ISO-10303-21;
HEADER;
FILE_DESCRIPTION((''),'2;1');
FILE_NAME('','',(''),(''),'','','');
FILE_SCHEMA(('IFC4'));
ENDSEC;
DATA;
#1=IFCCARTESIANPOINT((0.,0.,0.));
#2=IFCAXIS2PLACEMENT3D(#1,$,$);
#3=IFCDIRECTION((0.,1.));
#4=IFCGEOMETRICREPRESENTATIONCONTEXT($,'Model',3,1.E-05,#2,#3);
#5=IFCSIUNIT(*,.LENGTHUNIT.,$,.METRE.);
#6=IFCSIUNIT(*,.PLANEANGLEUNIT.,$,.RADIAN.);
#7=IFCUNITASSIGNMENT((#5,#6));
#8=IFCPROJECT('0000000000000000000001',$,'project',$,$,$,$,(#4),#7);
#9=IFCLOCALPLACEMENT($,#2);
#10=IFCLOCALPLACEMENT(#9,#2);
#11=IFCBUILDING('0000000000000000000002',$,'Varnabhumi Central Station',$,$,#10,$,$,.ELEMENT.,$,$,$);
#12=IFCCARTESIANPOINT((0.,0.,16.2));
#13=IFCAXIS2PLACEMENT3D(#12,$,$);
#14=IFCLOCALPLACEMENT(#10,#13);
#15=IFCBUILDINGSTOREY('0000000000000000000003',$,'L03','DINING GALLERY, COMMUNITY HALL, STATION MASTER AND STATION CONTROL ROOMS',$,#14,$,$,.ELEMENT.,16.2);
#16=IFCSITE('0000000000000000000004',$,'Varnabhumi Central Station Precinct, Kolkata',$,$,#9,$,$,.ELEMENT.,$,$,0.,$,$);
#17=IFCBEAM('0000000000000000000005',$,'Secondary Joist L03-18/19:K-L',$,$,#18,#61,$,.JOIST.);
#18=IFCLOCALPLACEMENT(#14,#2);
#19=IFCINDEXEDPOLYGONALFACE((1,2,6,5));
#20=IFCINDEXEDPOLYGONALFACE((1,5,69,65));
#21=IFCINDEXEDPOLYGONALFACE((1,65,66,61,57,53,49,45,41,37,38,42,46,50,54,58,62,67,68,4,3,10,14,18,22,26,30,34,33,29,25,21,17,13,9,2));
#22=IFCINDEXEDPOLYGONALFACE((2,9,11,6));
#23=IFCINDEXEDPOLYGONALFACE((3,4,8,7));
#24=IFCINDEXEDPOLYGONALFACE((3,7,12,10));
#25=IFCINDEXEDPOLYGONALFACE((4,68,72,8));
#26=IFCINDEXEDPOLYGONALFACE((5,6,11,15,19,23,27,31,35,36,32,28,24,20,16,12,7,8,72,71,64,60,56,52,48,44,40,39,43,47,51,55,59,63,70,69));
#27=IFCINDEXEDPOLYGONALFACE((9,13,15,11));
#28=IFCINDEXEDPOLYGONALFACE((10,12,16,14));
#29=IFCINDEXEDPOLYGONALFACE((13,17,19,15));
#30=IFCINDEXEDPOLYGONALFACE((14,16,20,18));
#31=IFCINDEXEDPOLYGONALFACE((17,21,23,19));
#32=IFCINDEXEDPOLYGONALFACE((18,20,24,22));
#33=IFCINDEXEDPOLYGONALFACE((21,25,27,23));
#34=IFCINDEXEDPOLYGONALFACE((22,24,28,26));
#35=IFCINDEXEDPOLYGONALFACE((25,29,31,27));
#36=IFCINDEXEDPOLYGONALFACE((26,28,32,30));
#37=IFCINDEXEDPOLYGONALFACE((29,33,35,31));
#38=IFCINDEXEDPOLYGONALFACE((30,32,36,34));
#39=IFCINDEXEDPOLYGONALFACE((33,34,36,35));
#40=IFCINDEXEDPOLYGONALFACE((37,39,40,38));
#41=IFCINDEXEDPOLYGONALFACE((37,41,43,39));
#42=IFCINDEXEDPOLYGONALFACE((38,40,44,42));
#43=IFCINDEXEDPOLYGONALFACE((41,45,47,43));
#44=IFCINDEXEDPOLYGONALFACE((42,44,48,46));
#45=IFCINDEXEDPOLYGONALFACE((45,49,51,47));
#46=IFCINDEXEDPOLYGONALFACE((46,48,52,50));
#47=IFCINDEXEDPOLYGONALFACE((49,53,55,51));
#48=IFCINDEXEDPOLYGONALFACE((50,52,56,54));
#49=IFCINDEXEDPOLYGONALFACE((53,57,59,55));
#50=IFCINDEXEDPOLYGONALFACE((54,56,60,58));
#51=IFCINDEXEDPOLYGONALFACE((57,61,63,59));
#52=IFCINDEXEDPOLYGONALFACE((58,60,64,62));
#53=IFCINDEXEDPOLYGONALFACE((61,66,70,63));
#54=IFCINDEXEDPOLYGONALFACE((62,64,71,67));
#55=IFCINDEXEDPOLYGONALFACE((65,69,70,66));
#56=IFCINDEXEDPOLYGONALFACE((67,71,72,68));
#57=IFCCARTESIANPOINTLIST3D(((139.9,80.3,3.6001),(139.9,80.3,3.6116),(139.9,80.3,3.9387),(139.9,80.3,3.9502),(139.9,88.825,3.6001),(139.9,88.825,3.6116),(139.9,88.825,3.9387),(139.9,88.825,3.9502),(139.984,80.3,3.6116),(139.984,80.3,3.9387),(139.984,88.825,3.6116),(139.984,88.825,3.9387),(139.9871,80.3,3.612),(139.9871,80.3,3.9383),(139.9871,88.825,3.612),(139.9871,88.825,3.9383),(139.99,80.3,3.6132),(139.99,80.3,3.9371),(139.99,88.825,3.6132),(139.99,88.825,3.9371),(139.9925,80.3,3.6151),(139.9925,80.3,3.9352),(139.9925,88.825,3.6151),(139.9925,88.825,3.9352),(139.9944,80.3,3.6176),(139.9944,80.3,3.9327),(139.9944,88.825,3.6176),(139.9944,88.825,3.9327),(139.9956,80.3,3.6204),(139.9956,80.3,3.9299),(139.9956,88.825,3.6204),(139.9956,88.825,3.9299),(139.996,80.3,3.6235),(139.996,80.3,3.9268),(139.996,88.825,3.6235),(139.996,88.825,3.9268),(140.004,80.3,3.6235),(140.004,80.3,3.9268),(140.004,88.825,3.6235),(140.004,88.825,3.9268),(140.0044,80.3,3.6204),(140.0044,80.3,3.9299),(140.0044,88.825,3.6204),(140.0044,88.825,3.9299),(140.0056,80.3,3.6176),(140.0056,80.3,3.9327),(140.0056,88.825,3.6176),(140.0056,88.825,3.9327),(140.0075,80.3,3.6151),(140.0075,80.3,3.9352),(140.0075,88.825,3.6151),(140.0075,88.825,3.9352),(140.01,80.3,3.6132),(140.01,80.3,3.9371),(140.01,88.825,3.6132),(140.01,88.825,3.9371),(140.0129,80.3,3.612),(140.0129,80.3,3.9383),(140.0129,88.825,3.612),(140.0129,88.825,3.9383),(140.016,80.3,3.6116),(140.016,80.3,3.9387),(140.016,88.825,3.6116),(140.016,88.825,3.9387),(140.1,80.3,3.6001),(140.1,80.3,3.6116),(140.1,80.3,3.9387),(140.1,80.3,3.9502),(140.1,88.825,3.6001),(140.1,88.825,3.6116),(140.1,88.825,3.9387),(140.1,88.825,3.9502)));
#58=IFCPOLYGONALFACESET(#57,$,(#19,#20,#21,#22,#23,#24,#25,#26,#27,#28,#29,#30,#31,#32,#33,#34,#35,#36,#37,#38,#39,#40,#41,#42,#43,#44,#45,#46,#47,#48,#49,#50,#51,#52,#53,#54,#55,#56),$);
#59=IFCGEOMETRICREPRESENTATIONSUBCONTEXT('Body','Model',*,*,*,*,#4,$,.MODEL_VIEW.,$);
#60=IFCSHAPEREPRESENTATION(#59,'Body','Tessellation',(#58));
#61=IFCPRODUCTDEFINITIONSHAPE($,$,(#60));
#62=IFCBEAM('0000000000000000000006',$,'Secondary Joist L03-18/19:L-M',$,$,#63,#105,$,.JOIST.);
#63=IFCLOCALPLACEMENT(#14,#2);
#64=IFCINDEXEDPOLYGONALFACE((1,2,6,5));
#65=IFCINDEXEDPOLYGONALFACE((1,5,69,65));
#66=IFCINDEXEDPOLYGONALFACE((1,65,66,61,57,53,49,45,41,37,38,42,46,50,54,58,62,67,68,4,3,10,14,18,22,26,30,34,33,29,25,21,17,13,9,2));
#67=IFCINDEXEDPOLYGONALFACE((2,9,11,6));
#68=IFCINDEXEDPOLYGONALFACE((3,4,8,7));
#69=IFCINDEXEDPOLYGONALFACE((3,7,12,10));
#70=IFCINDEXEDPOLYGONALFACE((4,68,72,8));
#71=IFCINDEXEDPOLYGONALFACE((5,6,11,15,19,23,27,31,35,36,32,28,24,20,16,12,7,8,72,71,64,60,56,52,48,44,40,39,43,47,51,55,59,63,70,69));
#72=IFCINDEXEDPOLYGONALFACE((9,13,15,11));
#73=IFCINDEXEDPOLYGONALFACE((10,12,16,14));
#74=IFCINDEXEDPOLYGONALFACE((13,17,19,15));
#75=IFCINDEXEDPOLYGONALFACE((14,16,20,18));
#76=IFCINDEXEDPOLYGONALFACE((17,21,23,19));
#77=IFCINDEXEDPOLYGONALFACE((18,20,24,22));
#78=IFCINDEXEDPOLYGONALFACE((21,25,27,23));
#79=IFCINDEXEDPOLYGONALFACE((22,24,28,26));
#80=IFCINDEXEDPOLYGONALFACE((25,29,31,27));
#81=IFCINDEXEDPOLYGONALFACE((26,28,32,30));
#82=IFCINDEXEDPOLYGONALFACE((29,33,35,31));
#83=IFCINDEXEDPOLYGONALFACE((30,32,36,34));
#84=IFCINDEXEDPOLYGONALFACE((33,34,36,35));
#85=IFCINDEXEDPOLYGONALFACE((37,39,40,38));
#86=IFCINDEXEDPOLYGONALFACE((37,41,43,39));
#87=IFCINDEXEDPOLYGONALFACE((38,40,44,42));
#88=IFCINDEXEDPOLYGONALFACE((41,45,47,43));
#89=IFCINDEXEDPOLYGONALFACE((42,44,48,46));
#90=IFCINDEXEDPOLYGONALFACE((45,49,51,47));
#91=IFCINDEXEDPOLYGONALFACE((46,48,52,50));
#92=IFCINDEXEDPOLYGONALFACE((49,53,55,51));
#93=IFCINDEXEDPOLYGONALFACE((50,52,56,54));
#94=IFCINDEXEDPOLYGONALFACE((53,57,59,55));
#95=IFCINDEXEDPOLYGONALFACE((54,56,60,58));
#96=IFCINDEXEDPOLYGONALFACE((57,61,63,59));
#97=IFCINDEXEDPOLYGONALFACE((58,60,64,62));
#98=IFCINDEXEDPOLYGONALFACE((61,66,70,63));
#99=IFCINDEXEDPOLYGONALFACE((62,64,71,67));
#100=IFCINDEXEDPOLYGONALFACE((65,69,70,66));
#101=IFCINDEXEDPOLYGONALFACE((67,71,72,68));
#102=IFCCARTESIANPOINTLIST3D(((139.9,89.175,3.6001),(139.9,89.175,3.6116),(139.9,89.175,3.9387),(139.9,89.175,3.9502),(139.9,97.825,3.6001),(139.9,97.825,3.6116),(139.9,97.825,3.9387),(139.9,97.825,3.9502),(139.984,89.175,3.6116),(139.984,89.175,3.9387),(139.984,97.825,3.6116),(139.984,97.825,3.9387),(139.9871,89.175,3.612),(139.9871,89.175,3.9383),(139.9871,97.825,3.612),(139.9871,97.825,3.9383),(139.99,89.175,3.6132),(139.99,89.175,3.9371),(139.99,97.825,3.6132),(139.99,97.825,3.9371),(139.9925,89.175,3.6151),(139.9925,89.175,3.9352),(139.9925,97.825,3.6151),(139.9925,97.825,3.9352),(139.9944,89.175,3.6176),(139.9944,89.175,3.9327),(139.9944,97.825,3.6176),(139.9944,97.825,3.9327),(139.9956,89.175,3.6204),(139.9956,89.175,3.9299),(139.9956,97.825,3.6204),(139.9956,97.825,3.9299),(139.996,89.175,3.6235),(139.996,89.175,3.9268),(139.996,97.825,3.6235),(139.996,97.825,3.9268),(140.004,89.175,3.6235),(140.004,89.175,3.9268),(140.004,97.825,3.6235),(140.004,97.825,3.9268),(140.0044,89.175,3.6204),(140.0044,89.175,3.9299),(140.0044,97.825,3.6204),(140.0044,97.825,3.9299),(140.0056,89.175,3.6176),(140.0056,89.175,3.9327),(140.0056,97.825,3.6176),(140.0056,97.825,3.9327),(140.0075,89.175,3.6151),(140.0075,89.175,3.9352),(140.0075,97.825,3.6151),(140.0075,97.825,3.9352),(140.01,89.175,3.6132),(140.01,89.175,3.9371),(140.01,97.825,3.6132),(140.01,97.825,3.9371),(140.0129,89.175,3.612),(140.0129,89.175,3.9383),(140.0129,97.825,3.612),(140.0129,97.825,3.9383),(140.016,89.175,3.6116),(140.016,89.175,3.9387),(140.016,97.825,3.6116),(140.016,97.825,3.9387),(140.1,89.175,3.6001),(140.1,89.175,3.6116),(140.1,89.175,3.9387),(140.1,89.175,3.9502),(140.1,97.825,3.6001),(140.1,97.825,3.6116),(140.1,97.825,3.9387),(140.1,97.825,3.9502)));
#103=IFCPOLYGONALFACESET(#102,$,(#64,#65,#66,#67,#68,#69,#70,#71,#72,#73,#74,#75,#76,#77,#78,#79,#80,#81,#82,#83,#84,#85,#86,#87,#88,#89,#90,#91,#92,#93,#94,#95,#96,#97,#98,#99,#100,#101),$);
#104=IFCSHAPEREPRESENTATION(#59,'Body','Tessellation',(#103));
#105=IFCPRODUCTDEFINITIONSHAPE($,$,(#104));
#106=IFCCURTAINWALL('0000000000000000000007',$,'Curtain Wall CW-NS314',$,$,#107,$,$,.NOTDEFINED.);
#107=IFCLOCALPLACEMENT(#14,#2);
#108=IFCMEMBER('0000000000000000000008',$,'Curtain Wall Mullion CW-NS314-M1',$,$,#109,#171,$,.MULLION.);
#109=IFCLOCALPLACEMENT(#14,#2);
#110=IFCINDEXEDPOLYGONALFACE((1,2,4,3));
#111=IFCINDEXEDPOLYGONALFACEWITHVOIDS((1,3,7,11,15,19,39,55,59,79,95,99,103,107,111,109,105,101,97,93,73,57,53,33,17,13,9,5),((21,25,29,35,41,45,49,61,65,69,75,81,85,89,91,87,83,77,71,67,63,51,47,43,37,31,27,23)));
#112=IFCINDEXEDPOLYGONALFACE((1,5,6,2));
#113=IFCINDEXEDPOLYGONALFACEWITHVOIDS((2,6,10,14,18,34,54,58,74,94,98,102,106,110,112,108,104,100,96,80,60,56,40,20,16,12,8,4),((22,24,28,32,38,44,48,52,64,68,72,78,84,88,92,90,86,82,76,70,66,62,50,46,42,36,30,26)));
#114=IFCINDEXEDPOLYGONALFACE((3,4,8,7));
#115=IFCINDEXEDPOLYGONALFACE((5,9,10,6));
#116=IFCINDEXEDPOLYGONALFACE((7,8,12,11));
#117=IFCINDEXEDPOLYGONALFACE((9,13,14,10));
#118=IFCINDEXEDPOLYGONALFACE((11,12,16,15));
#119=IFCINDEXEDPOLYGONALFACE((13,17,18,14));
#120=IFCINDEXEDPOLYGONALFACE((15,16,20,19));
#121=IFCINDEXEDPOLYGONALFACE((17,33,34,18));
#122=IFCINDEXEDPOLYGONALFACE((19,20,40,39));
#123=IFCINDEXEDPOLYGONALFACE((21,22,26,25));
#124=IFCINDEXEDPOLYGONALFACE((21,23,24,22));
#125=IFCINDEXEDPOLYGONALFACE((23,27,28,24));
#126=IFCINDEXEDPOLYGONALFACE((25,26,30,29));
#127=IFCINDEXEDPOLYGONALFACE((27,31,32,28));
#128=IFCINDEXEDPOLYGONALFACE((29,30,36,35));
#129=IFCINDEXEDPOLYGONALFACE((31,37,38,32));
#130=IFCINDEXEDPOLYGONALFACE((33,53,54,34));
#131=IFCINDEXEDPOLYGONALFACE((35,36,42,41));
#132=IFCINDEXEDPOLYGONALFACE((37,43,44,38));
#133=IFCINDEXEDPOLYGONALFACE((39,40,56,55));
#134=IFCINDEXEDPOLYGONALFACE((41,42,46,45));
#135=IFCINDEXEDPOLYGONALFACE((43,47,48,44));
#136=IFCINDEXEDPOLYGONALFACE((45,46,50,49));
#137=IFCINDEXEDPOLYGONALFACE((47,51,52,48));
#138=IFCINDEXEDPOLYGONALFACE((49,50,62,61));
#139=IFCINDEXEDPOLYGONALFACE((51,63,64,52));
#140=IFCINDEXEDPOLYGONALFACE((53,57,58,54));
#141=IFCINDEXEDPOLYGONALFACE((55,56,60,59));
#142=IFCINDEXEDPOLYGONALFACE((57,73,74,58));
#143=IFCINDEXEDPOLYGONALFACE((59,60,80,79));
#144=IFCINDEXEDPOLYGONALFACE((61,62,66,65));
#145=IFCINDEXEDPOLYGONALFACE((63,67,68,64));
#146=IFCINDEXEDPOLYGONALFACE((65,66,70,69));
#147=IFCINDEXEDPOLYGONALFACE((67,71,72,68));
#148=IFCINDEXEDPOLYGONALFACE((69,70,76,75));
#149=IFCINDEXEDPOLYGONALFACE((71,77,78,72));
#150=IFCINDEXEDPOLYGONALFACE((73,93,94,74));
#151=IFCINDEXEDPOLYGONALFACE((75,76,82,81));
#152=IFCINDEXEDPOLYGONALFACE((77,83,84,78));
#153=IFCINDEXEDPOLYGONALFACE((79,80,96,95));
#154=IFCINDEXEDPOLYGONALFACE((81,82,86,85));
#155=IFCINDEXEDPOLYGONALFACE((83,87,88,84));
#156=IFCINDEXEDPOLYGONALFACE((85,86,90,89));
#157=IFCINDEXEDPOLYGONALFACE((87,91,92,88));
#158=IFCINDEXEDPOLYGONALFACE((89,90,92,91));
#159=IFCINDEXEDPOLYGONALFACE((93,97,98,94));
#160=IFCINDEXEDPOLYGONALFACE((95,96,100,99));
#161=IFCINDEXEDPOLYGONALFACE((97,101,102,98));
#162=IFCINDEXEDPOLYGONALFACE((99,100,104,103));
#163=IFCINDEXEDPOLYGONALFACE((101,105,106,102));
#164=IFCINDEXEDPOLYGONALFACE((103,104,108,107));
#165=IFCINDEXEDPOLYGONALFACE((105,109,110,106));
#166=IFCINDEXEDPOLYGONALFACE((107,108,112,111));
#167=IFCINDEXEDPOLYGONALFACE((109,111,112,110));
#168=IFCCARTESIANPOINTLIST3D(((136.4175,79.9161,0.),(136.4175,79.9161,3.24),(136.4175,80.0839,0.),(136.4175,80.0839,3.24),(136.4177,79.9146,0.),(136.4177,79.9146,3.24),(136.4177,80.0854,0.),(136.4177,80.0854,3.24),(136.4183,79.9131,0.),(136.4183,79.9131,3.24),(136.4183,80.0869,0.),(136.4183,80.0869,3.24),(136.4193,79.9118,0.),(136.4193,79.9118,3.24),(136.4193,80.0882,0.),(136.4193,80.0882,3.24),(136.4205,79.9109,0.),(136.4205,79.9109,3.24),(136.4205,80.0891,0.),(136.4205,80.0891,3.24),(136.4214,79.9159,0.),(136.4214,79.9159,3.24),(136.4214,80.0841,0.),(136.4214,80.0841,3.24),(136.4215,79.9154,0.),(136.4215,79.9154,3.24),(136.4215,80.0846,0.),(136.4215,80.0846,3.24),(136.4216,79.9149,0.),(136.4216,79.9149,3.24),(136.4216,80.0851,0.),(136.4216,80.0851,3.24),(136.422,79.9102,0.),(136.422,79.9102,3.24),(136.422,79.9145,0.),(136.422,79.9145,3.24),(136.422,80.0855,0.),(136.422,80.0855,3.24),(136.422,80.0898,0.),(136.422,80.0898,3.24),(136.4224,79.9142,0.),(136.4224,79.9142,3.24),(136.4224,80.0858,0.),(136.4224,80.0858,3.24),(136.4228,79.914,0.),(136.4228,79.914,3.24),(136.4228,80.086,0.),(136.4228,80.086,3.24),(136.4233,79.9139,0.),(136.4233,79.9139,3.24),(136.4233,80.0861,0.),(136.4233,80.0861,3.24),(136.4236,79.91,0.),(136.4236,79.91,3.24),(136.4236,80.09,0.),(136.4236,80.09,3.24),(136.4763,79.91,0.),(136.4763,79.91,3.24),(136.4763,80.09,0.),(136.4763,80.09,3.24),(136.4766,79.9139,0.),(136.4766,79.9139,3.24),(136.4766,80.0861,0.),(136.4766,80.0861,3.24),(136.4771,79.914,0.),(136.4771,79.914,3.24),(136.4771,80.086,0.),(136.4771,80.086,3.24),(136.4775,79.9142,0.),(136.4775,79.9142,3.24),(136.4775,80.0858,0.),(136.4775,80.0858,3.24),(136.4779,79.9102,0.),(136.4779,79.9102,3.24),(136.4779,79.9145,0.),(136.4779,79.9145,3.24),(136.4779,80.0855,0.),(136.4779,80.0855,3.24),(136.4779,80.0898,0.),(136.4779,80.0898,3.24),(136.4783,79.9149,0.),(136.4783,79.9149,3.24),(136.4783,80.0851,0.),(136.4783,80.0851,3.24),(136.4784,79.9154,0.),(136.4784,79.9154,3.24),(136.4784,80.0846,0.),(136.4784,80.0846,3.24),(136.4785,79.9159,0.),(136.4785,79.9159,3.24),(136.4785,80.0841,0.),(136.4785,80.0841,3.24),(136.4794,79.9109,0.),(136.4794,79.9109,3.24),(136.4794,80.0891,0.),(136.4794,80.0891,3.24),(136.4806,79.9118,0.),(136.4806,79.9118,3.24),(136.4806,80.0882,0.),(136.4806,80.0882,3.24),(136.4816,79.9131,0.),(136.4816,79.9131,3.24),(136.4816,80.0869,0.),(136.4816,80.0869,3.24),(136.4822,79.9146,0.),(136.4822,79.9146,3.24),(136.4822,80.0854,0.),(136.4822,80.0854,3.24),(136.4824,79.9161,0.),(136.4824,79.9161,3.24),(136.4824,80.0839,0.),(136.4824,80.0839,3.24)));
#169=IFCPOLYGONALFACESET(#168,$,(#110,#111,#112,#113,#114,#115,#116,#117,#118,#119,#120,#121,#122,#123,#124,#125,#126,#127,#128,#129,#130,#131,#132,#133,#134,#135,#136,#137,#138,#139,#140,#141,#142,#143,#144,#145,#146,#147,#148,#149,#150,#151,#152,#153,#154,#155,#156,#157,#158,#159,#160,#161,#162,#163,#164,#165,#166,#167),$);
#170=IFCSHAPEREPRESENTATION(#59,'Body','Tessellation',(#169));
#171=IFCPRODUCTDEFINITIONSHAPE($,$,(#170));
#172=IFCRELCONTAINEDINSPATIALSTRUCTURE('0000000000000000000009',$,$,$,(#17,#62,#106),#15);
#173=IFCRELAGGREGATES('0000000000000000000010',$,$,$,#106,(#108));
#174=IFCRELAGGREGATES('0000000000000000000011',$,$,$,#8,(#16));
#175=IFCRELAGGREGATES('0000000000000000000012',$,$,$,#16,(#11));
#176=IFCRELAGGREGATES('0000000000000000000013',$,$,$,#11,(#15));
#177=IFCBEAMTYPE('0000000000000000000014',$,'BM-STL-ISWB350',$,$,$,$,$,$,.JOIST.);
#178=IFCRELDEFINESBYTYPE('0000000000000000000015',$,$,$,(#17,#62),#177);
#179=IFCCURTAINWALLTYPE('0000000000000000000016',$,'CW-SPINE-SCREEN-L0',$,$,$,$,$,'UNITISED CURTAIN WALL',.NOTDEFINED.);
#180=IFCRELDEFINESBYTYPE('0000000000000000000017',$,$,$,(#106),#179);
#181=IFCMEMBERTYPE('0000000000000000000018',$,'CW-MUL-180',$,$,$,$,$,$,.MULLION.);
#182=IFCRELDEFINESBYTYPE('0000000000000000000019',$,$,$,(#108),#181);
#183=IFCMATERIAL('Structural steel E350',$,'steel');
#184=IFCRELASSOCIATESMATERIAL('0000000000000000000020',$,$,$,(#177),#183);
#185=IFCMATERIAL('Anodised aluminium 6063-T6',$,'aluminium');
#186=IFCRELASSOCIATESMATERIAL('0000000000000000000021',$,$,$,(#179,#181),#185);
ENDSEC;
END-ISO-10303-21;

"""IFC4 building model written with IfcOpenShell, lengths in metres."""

from ifc_helpers import new_model, si_unit, direction, frame, origin, origin_2d, place, context, subcontext, project, spatial, hollow_rectangle, i_section, extrude, material, material_profile, profile_set, type_object, element, aggregate, save


model = new_model("IFC4")

# Units and contexts
model_context = context("Model", 3, precision=1e-05, world=origin(), true_north=direction((0.0, 1.0)))
body_context = subcontext(model_context, "Body", "Model", "MODEL_VIEW")
ifc_project = project(units=[si_unit("LENGTHUNIT", "METRE"), si_unit("PLANEANGLEUNIT", "RADIAN")], contexts=[model_context])

# Site, building, storey
site_placement = place(None, origin())
site = spatial("IfcSite", under=ifc_project, at=site_placement, Name="Varnabhumi Central Station Precinct, Kolkata", CompositionType="ELEMENT", RefElevation=0.0)
building_placement = place(site_placement, origin())
building = spatial("IfcBuilding", under=site, at=building_placement, Name="Varnabhumi Central Station", CompositionType="ELEMENT")
storey_placement = place(building_placement, frame((0.0, 0.0, 16.2)))
storey = spatial("IfcBuildingStorey", under=building, at=storey_placement, Name="L03", Description="DINING GALLERY, COMMUNITY HALL, STATION MASTER AND STATION CONTROL ROOMS", CompositionType="ELEMENT", Elevation=16.2)

# Beams
ifc_material_1 = material(Name="Structural steel E350", Category="steel")
ifc_material_profile_1 = material_profile(ifc_material_1, i_section(OverallWidth=0.2, OverallDepth=0.3501, WebThickness=0.0081, FlangeThickness=0.0115, FilletRadius=0.012, at=origin_2d()), Name="Structural steel E350", Category="steel")
ifc_profile_set_1 = profile_set([ifc_material_profile_1], Name="Structural steel E350")
beam_type_1 = type_object("IfcBeamType", Name="BM-STL-ISWB350", PredefinedType="JOIST", material=ifc_profile_set_1)
beam_1_placement = place(storey_placement, frame((140.0, 80.3, 3.7751), z_axis=(0.0, 1.0, 0.0), x_axis=(-1.0, 0.0, 0.0)))
element("IfcBeam", 1, at=beam_1_placement, inside=storey, type_object=beam_type_1, Name="Secondary Joist L03-18/19:K-L", PredefinedType="JOIST", context=body_context, shape_type="SweptSolid", body=[
    extrude(i_section(OverallWidth=0.2, OverallDepth=0.3501, WebThickness=0.0081, FlangeThickness=0.0115, FilletRadius=0.012, at=origin_2d()), origin(), (0.0, 0.0, 1.0), 8.5249),
])
beam_2_placement = place(storey_placement, frame((140.0, 89.175, 3.7751), z_axis=(0.0, 1.0, 0.0), x_axis=(-1.0, 0.0, 0.0)))
element("IfcBeam", 2, at=beam_2_placement, inside=storey, type_object=beam_type_1, Name="Secondary Joist L03-18/19:L-M", PredefinedType="JOIST", context=body_context, shape_type="SweptSolid", body=[
    extrude(i_section(OverallWidth=0.2, OverallDepth=0.3501, WebThickness=0.0081, FlangeThickness=0.0115, FilletRadius=0.012, at=origin_2d()), origin(), (0.0, 0.0, 1.0), 8.6499),
])

# Curtain wall, member
ifc_material_2 = material(Name="Anodised aluminium 6063-T6", Category="aluminium")
curtain_wall_type = type_object("IfcCurtainWallType", Name="CW-SPINE-SCREEN-L0", ElementType="UNITISED CURTAIN WALL", PredefinedType="NOTDEFINED", material=ifc_material_2)
curtain_wall_placement = place(storey_placement, origin())
curtain_wall = element("IfcCurtainWall", 3, at=curtain_wall_placement, inside=storey, type_object=curtain_wall_type, Name="Curtain Wall CW-NS314", PredefinedType="NOTDEFINED")
ifc_material_profile_2 = material_profile(ifc_material_2, hollow_rectangle(XDim=0.0649, YDim=0.1799, WallThickness=0.0039, InnerFilletRadius=0.002, OuterFilletRadius=0.0061, at=origin_2d()), Name="Anodised aluminium 6063-T6", Category="aluminium")
ifc_profile_set_2 = profile_set([ifc_material_profile_2], Name="Anodised aluminium 6063-T6")
member_type_1 = type_object("IfcMemberType", Name="CW-MUL-180", PredefinedType="MULLION", material=ifc_profile_set_2)
member_1_placement = place(storey_placement, frame((136.45, 80.0, 0.0), z_axis=(0.0, 0.0, 1.0), x_axis=(1.0, 0.0, 0.0)))
member_1 = element("IfcMember", 4, at=member_1_placement, type_object=member_type_1, Name="Curtain Wall Mullion CW-NS314-M1", PredefinedType="MULLION", context=body_context, shape_type="SweptSolid", body=[
    extrude(hollow_rectangle(XDim=0.0649, YDim=0.1799, WallThickness=0.0039, InnerFilletRadius=0.002, OuterFilletRadius=0.0061, at=origin_2d()), origin(), (0.0, 0.0, 1.0), 3.24),
])

aggregate(curtain_wall, [member_1])

save(model, "model.ifc")
